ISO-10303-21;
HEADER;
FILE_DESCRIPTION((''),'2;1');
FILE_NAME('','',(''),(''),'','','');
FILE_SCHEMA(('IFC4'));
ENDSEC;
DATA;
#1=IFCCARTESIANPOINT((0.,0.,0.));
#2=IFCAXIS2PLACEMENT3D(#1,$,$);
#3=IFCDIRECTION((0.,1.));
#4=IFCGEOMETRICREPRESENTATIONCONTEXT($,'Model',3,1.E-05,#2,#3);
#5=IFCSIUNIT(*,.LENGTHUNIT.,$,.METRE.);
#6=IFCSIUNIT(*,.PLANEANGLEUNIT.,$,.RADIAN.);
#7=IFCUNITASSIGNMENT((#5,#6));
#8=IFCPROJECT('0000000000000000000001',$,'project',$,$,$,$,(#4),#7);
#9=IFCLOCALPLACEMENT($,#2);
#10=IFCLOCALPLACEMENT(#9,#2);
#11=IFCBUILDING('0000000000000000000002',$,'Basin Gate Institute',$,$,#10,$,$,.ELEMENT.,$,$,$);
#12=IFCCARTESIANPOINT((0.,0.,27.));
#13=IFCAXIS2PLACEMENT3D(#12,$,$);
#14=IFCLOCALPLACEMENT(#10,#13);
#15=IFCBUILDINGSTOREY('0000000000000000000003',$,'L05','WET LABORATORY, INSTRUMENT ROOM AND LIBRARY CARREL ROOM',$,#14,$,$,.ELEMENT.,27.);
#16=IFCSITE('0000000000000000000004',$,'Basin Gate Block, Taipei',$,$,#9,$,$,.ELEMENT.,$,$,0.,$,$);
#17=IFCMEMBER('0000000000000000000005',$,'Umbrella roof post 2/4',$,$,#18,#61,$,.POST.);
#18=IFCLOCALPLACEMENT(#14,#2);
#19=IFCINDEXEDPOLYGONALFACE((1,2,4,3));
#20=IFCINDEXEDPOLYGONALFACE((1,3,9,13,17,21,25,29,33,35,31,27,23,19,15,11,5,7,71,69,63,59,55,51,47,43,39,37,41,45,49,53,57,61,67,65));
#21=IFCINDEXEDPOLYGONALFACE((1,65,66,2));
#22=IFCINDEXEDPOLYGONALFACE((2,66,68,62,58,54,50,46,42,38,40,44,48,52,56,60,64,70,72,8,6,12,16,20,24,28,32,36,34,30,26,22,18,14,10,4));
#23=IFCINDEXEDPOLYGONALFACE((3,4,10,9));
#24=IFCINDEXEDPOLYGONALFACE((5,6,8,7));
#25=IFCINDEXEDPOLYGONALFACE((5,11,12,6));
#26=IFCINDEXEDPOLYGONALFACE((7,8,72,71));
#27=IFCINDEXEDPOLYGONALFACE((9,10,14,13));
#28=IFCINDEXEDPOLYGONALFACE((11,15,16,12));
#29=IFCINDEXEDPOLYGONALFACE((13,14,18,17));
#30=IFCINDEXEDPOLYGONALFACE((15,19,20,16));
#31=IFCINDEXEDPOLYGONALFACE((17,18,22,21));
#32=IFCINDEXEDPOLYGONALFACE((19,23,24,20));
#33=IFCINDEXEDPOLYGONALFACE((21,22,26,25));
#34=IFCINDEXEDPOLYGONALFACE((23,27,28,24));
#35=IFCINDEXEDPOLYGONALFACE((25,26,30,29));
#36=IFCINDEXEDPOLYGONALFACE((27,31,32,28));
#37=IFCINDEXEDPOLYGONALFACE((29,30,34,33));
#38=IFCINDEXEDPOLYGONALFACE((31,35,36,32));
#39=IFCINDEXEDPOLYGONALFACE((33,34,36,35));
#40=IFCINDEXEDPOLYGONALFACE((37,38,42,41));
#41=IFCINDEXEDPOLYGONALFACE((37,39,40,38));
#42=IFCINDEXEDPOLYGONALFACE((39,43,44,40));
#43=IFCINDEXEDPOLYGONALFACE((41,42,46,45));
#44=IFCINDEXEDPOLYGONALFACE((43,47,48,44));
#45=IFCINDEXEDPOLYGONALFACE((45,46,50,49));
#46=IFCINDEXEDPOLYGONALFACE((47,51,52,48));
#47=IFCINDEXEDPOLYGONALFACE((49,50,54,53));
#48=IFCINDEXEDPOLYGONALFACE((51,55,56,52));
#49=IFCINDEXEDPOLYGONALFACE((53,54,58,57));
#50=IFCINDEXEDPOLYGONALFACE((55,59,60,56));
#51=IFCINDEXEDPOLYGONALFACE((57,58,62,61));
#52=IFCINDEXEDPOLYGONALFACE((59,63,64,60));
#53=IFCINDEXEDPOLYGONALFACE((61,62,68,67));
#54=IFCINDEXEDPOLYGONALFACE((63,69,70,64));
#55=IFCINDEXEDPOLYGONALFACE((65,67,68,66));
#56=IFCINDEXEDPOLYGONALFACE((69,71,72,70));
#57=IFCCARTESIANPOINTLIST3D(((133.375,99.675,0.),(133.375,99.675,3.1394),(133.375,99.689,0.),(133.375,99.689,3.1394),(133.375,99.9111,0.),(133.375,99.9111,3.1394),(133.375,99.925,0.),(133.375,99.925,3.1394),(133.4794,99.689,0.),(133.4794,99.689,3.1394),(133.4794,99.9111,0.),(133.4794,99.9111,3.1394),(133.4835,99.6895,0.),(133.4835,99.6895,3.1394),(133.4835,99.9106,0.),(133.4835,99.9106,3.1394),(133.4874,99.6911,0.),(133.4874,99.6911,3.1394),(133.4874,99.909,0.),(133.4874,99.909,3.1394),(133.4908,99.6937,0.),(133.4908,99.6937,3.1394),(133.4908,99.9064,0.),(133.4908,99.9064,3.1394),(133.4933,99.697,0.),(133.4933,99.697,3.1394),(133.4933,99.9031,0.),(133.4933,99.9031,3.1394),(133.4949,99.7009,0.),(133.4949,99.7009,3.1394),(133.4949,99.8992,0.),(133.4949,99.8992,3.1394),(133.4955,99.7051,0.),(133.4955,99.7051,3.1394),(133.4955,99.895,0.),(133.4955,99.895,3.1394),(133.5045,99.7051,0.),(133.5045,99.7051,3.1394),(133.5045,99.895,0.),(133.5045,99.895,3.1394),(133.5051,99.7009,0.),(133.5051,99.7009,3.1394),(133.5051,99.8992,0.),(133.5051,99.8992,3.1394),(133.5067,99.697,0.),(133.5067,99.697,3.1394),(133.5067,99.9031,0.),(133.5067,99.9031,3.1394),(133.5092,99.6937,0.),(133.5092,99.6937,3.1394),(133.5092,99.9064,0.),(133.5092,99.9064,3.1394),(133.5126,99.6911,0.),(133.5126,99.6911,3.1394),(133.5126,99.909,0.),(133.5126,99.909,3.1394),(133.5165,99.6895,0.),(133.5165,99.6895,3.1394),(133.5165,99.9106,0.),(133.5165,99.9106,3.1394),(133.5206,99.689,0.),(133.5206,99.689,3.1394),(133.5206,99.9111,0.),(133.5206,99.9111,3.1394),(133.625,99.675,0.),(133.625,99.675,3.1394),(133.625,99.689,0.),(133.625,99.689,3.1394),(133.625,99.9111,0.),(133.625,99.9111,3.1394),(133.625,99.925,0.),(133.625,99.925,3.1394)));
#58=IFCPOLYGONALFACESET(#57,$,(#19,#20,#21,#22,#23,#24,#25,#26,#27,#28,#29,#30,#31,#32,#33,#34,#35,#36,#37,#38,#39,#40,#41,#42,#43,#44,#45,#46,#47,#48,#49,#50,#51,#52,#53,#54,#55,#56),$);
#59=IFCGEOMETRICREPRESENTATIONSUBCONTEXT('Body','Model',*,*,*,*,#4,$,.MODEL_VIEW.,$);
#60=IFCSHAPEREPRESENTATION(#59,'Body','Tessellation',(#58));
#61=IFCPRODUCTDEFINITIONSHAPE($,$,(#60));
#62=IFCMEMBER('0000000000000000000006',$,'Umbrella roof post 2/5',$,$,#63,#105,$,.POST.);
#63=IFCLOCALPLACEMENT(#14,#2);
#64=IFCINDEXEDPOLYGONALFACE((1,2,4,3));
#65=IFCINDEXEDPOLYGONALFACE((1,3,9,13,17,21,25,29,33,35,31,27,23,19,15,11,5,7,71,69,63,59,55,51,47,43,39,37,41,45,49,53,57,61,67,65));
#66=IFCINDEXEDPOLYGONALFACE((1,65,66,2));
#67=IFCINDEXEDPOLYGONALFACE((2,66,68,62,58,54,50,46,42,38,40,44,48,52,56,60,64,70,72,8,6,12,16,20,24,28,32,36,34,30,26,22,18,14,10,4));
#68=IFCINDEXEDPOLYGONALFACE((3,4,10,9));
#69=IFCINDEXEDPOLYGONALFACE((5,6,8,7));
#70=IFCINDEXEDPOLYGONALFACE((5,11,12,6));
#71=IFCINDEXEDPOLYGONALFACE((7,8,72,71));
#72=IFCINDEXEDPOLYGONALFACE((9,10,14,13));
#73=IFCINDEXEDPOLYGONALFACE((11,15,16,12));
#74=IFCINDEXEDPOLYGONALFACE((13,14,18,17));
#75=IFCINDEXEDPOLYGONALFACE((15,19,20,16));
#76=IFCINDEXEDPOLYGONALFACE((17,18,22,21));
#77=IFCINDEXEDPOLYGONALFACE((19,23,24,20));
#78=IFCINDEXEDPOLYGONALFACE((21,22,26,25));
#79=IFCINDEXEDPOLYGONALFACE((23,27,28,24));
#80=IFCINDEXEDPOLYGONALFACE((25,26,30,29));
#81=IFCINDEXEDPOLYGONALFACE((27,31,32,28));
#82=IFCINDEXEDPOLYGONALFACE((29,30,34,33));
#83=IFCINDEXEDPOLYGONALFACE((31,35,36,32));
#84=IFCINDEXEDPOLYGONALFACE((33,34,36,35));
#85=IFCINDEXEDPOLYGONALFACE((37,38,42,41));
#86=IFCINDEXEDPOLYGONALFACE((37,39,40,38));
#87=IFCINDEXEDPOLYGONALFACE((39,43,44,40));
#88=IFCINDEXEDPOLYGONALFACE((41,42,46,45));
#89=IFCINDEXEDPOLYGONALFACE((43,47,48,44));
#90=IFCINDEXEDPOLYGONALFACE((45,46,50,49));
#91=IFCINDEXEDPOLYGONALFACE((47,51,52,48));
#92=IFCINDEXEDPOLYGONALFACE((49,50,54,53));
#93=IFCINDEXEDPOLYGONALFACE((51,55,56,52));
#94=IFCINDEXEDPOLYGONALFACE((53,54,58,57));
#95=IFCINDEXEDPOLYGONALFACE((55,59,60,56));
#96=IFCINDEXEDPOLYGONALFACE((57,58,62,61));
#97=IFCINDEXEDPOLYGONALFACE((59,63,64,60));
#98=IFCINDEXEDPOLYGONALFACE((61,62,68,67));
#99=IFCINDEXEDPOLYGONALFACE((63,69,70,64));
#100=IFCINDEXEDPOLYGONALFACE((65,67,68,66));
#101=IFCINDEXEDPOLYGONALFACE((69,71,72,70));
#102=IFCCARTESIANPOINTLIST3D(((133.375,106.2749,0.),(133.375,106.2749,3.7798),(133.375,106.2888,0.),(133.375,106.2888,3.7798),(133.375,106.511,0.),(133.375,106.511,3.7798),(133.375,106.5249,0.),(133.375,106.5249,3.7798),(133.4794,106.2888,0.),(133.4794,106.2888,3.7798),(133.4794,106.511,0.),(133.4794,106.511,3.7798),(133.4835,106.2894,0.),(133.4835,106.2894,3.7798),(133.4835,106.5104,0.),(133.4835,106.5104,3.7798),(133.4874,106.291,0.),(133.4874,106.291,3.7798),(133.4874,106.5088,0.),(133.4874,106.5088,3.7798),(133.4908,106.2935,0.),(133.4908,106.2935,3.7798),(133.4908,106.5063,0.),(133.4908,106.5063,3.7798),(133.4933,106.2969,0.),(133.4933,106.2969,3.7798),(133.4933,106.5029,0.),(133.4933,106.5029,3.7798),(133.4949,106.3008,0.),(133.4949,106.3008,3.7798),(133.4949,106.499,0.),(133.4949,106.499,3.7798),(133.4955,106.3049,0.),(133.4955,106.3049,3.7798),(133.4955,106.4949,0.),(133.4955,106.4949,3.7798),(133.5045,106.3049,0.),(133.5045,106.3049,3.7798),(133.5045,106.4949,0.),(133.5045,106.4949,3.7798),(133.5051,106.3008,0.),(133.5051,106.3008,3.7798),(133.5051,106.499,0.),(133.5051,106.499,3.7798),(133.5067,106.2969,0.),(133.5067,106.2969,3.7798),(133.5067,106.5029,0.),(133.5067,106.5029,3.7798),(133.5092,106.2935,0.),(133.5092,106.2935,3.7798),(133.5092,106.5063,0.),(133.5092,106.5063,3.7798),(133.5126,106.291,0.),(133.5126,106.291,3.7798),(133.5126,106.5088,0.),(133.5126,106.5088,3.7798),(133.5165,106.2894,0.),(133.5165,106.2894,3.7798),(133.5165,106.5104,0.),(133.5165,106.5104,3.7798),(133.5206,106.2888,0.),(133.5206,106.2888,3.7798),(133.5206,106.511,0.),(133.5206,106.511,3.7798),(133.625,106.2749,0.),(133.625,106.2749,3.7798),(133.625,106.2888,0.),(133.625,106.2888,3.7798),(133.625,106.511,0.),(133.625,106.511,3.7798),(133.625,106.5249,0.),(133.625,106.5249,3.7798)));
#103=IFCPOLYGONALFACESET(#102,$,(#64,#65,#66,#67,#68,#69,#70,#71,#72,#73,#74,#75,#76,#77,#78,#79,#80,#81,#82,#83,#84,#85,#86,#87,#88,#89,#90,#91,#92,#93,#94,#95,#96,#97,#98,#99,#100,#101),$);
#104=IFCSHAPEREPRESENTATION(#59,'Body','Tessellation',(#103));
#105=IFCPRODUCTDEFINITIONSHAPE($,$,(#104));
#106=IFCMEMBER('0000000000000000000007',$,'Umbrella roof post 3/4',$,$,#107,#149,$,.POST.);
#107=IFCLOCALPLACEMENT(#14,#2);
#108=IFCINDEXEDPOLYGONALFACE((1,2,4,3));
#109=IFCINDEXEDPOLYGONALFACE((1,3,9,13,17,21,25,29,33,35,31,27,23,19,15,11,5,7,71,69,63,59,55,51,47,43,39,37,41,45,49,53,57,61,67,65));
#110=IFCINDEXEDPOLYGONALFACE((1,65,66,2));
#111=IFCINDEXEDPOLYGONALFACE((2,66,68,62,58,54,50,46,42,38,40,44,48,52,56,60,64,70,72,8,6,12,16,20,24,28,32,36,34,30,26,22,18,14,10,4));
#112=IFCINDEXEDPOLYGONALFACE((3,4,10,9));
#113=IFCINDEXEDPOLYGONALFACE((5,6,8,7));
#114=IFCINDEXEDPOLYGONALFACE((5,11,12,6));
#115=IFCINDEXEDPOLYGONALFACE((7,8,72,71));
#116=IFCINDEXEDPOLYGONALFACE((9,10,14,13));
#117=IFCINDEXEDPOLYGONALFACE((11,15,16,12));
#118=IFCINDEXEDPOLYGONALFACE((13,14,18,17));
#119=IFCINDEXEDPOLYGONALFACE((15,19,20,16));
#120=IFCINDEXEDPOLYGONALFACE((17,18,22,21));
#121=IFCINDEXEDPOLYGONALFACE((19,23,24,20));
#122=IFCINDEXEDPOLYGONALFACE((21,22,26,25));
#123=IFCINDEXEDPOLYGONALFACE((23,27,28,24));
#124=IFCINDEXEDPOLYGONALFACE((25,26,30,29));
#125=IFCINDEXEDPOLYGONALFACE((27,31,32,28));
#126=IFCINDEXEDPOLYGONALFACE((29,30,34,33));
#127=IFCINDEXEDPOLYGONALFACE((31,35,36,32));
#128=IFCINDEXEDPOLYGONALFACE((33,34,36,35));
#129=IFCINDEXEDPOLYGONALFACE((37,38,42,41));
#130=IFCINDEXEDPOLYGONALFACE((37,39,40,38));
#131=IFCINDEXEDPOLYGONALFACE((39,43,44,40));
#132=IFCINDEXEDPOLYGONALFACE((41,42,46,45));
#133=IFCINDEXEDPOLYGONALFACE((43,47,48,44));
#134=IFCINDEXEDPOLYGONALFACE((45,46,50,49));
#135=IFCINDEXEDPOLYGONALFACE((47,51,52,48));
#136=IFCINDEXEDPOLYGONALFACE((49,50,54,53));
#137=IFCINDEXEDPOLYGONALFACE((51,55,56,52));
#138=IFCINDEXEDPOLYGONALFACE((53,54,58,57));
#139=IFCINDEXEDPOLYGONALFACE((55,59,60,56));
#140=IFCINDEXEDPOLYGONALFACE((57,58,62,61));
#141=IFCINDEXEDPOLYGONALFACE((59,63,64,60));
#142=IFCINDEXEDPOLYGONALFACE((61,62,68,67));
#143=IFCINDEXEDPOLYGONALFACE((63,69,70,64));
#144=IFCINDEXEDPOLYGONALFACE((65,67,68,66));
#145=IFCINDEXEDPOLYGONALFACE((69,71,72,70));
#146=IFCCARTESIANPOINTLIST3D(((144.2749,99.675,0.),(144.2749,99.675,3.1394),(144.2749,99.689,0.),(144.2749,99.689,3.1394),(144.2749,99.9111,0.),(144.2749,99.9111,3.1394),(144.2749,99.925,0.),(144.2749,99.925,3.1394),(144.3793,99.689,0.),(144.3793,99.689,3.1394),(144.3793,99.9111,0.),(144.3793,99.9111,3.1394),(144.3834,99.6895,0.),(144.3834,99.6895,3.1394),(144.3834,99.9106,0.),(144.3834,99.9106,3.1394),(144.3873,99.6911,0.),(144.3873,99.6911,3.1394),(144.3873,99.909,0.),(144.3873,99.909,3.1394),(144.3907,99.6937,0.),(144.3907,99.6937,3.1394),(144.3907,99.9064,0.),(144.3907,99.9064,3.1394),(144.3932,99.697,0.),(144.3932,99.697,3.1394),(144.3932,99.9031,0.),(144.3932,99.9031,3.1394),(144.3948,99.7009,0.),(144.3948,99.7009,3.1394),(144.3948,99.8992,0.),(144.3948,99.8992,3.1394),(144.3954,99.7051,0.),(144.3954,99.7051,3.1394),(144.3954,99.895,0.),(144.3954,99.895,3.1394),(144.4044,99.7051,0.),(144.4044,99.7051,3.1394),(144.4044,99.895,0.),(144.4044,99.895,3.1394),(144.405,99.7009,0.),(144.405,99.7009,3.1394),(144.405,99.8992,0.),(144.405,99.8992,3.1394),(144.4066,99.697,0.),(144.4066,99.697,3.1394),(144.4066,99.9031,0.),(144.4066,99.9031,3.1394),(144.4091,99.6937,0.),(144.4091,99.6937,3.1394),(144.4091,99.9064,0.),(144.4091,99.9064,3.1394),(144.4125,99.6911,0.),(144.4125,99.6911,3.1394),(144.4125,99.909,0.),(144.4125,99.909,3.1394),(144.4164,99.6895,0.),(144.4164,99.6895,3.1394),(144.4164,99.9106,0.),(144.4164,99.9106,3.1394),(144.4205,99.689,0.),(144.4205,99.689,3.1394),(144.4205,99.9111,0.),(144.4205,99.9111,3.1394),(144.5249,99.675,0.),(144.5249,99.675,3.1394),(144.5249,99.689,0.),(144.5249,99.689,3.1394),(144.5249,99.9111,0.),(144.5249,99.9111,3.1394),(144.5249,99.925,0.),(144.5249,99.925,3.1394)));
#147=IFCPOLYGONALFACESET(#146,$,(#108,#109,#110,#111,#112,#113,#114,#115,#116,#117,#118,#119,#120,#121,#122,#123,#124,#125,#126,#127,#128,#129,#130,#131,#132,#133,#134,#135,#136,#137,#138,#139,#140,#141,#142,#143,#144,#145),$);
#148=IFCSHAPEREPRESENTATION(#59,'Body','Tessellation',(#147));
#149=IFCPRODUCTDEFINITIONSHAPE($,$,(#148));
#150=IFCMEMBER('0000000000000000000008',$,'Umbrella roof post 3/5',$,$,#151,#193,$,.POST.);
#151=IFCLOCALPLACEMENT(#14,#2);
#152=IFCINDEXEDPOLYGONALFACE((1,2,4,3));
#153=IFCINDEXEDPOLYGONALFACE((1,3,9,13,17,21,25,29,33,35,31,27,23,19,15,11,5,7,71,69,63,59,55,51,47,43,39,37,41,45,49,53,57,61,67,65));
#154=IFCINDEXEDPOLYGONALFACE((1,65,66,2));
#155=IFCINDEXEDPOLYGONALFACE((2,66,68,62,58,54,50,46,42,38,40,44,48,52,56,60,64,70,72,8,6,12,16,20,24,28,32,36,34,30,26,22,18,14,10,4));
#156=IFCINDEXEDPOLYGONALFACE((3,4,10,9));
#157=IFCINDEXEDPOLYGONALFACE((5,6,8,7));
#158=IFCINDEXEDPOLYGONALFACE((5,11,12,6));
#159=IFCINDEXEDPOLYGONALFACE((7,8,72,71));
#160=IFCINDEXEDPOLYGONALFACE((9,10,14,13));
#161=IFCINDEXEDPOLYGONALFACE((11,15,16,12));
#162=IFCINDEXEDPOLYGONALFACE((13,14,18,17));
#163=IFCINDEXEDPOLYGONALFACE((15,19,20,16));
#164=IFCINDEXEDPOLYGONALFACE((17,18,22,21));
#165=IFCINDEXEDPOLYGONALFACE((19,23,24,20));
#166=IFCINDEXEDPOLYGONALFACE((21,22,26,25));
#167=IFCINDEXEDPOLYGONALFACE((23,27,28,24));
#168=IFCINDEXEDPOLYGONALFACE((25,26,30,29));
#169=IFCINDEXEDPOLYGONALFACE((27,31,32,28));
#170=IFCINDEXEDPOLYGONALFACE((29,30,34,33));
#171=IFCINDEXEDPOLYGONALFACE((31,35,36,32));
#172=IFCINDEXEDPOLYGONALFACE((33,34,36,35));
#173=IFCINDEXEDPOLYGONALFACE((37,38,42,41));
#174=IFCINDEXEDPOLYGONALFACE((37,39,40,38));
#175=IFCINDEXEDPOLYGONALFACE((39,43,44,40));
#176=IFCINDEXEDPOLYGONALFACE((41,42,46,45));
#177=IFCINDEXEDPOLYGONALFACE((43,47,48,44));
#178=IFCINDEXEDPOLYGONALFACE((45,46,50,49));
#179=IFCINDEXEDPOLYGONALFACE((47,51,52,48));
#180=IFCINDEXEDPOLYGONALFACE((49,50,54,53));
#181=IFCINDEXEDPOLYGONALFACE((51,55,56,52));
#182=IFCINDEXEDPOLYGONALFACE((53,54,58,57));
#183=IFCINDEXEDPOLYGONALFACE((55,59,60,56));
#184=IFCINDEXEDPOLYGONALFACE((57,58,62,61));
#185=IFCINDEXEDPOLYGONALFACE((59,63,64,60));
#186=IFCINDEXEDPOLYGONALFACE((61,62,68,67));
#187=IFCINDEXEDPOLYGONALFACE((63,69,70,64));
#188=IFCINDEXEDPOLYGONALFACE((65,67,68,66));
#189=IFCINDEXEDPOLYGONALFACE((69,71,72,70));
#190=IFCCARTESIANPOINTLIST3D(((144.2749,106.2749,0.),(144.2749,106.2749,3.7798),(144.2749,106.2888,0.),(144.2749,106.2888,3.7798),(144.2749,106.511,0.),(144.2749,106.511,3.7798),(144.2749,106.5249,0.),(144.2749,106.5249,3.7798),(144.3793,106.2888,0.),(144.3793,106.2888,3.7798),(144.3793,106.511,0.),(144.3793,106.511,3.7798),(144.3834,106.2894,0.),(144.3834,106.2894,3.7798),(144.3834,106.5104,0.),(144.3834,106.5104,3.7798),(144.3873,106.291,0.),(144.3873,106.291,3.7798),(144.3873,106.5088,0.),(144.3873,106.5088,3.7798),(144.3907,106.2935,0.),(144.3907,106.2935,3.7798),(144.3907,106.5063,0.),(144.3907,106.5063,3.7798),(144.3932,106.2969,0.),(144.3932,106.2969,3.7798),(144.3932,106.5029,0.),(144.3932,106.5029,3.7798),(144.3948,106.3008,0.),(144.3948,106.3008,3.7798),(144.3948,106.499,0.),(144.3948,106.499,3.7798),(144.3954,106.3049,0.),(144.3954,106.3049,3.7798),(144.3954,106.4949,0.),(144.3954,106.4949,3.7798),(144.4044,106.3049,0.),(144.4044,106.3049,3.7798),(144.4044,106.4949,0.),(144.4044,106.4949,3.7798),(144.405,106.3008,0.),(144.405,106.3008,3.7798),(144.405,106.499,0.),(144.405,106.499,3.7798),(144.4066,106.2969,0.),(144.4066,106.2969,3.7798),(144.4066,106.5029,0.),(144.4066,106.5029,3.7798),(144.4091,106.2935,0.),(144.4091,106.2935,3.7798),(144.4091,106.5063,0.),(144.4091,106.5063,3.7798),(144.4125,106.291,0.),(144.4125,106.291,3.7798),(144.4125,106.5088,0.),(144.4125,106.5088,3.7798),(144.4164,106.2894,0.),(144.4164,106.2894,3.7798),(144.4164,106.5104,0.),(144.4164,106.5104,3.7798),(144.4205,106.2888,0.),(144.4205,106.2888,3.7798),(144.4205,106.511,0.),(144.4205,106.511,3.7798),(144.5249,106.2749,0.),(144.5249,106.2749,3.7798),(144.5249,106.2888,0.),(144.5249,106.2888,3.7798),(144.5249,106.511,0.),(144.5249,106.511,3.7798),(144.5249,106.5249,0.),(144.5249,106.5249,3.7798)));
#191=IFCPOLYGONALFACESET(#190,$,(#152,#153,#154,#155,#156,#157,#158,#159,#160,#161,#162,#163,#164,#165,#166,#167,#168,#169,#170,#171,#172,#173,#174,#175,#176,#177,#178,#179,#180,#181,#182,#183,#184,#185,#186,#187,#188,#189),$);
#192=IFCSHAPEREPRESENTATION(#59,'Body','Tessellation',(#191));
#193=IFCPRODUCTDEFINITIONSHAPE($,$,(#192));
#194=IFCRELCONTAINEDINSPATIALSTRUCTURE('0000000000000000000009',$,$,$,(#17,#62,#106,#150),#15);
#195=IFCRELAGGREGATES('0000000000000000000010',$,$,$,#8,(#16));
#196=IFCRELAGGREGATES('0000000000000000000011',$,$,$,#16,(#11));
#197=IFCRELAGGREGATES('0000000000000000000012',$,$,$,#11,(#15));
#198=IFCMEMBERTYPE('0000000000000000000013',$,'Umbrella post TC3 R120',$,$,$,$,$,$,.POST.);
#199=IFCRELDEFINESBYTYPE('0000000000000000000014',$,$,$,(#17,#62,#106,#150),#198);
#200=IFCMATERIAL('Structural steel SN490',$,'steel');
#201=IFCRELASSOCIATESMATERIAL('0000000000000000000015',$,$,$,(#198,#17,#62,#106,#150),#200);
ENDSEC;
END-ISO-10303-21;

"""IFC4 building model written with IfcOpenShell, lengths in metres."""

from ifc_helpers import new_model, si_unit, direction, frame, origin, origin_2d, place, context, subcontext, project, spatial, i_section, extrude, material, material_profile, profile_set, type_object, element, save


model = new_model("IFC4")

# Units and contexts
model_context = context("Model", 3, precision=1e-05, world=origin(), true_north=direction((0.0, 1.0)))
body_context = subcontext(model_context, "Body", "Model", "MODEL_VIEW")
ifc_project = project(units=[si_unit("LENGTHUNIT", "METRE"), si_unit("PLANEANGLEUNIT", "RADIAN")], contexts=[model_context])

# Site, building, storey
site_placement = place(None, origin())
site = spatial("IfcSite", under=ifc_project, at=site_placement, Name="Basin Gate Block, Taipei", CompositionType="ELEMENT", RefElevation=0.0)
building_placement = place(site_placement, origin())
building = spatial("IfcBuilding", under=site, at=building_placement, Name="Basin Gate Institute", CompositionType="ELEMENT")
storey_placement = place(building_placement, frame((0.0, 0.0, 27.0)))
storey = spatial("IfcBuildingStorey", under=building, at=storey_placement, Name="L05", Description="WET LABORATORY, INSTRUMENT ROOM AND LIBRARY CARREL ROOM", CompositionType="ELEMENT", Elevation=27.0)

# Members
ifc_material_1 = material(Name="Structural steel SN490", Category="steel")
ifc_material_profile = material_profile(ifc_material_1, i_section(OverallWidth=0.25, OverallDepth=0.25, WebThickness=0.009, FlangeThickness=0.0139, FilletRadius=0.0161, at=origin_2d()), Name="H250x250")
ifc_profile_set = profile_set([ifc_material_profile], Name="Structural steel SN490")
member_type = type_object("IfcMemberType", Name="Umbrella post TC3 R120", PredefinedType="POST", material=ifc_profile_set)
member_1_placement = place(storey_placement, frame((133.5, 99.8, 0.0), z_axis=(0.0, 0.0, 1.0), x_axis=(1.0, 0.0, 0.0)))
element("IfcMember", 1, at=member_1_placement, inside=storey, type_object=member_type, material=ifc_profile_set, Name="Umbrella roof post 2/4", PredefinedType="POST", context=body_context, shape_type="SweptSolid", body=[
    extrude(i_section(OverallWidth=0.25, OverallDepth=0.25, WebThickness=0.009, FlangeThickness=0.0139, FilletRadius=0.0161, at=origin_2d()), origin(), (0.0, 0.0, 1.0), 3.1394),
])
member_2_placement = place(storey_placement, frame((133.5, 106.3999, 0.0), z_axis=(0.0, 0.0, 1.0), x_axis=(1.0, 0.0, 0.0)))
element("IfcMember", 2, at=member_2_placement, inside=storey, type_object=member_type, material=ifc_profile_set, Name="Umbrella roof post 2/5", PredefinedType="POST", context=body_context, shape_type="SweptSolid", body=[
    extrude(i_section(OverallWidth=0.25, OverallDepth=0.25, WebThickness=0.009, FlangeThickness=0.0139, FilletRadius=0.0161, at=origin_2d()), origin(), (0.0, 0.0, 1.0), 3.7798),
])
member_3_placement = place(storey_placement, frame((144.3999, 99.8, 0.0), z_axis=(0.0, 0.0, 1.0), x_axis=(1.0, 0.0, 0.0)))
element("IfcMember", 3, at=member_3_placement, inside=storey, type_object=member_type, material=ifc_profile_set, Name="Umbrella roof post 3/4", PredefinedType="POST", context=body_context, shape_type="SweptSolid", body=[
    extrude(i_section(OverallWidth=0.25, OverallDepth=0.25, WebThickness=0.009, FlangeThickness=0.0139, FilletRadius=0.0161, at=origin_2d()), origin(), (0.0, 0.0, 1.0), 3.1394),
])
member_4_placement = place(storey_placement, frame((144.3999, 106.3999, 0.0), z_axis=(0.0, 0.0, 1.0), x_axis=(1.0, 0.0, 0.0)))
element("IfcMember", 4, at=member_4_placement, inside=storey, type_object=member_type, material=ifc_profile_set, Name="Umbrella roof post 3/5", PredefinedType="POST", context=body_context, shape_type="SweptSolid", body=[
    extrude(i_section(OverallWidth=0.25, OverallDepth=0.25, WebThickness=0.009, FlangeThickness=0.0139, FilletRadius=0.0161, at=origin_2d()), origin(), (0.0, 0.0, 1.0), 3.7798),
])

save(model, "model.ifc")
